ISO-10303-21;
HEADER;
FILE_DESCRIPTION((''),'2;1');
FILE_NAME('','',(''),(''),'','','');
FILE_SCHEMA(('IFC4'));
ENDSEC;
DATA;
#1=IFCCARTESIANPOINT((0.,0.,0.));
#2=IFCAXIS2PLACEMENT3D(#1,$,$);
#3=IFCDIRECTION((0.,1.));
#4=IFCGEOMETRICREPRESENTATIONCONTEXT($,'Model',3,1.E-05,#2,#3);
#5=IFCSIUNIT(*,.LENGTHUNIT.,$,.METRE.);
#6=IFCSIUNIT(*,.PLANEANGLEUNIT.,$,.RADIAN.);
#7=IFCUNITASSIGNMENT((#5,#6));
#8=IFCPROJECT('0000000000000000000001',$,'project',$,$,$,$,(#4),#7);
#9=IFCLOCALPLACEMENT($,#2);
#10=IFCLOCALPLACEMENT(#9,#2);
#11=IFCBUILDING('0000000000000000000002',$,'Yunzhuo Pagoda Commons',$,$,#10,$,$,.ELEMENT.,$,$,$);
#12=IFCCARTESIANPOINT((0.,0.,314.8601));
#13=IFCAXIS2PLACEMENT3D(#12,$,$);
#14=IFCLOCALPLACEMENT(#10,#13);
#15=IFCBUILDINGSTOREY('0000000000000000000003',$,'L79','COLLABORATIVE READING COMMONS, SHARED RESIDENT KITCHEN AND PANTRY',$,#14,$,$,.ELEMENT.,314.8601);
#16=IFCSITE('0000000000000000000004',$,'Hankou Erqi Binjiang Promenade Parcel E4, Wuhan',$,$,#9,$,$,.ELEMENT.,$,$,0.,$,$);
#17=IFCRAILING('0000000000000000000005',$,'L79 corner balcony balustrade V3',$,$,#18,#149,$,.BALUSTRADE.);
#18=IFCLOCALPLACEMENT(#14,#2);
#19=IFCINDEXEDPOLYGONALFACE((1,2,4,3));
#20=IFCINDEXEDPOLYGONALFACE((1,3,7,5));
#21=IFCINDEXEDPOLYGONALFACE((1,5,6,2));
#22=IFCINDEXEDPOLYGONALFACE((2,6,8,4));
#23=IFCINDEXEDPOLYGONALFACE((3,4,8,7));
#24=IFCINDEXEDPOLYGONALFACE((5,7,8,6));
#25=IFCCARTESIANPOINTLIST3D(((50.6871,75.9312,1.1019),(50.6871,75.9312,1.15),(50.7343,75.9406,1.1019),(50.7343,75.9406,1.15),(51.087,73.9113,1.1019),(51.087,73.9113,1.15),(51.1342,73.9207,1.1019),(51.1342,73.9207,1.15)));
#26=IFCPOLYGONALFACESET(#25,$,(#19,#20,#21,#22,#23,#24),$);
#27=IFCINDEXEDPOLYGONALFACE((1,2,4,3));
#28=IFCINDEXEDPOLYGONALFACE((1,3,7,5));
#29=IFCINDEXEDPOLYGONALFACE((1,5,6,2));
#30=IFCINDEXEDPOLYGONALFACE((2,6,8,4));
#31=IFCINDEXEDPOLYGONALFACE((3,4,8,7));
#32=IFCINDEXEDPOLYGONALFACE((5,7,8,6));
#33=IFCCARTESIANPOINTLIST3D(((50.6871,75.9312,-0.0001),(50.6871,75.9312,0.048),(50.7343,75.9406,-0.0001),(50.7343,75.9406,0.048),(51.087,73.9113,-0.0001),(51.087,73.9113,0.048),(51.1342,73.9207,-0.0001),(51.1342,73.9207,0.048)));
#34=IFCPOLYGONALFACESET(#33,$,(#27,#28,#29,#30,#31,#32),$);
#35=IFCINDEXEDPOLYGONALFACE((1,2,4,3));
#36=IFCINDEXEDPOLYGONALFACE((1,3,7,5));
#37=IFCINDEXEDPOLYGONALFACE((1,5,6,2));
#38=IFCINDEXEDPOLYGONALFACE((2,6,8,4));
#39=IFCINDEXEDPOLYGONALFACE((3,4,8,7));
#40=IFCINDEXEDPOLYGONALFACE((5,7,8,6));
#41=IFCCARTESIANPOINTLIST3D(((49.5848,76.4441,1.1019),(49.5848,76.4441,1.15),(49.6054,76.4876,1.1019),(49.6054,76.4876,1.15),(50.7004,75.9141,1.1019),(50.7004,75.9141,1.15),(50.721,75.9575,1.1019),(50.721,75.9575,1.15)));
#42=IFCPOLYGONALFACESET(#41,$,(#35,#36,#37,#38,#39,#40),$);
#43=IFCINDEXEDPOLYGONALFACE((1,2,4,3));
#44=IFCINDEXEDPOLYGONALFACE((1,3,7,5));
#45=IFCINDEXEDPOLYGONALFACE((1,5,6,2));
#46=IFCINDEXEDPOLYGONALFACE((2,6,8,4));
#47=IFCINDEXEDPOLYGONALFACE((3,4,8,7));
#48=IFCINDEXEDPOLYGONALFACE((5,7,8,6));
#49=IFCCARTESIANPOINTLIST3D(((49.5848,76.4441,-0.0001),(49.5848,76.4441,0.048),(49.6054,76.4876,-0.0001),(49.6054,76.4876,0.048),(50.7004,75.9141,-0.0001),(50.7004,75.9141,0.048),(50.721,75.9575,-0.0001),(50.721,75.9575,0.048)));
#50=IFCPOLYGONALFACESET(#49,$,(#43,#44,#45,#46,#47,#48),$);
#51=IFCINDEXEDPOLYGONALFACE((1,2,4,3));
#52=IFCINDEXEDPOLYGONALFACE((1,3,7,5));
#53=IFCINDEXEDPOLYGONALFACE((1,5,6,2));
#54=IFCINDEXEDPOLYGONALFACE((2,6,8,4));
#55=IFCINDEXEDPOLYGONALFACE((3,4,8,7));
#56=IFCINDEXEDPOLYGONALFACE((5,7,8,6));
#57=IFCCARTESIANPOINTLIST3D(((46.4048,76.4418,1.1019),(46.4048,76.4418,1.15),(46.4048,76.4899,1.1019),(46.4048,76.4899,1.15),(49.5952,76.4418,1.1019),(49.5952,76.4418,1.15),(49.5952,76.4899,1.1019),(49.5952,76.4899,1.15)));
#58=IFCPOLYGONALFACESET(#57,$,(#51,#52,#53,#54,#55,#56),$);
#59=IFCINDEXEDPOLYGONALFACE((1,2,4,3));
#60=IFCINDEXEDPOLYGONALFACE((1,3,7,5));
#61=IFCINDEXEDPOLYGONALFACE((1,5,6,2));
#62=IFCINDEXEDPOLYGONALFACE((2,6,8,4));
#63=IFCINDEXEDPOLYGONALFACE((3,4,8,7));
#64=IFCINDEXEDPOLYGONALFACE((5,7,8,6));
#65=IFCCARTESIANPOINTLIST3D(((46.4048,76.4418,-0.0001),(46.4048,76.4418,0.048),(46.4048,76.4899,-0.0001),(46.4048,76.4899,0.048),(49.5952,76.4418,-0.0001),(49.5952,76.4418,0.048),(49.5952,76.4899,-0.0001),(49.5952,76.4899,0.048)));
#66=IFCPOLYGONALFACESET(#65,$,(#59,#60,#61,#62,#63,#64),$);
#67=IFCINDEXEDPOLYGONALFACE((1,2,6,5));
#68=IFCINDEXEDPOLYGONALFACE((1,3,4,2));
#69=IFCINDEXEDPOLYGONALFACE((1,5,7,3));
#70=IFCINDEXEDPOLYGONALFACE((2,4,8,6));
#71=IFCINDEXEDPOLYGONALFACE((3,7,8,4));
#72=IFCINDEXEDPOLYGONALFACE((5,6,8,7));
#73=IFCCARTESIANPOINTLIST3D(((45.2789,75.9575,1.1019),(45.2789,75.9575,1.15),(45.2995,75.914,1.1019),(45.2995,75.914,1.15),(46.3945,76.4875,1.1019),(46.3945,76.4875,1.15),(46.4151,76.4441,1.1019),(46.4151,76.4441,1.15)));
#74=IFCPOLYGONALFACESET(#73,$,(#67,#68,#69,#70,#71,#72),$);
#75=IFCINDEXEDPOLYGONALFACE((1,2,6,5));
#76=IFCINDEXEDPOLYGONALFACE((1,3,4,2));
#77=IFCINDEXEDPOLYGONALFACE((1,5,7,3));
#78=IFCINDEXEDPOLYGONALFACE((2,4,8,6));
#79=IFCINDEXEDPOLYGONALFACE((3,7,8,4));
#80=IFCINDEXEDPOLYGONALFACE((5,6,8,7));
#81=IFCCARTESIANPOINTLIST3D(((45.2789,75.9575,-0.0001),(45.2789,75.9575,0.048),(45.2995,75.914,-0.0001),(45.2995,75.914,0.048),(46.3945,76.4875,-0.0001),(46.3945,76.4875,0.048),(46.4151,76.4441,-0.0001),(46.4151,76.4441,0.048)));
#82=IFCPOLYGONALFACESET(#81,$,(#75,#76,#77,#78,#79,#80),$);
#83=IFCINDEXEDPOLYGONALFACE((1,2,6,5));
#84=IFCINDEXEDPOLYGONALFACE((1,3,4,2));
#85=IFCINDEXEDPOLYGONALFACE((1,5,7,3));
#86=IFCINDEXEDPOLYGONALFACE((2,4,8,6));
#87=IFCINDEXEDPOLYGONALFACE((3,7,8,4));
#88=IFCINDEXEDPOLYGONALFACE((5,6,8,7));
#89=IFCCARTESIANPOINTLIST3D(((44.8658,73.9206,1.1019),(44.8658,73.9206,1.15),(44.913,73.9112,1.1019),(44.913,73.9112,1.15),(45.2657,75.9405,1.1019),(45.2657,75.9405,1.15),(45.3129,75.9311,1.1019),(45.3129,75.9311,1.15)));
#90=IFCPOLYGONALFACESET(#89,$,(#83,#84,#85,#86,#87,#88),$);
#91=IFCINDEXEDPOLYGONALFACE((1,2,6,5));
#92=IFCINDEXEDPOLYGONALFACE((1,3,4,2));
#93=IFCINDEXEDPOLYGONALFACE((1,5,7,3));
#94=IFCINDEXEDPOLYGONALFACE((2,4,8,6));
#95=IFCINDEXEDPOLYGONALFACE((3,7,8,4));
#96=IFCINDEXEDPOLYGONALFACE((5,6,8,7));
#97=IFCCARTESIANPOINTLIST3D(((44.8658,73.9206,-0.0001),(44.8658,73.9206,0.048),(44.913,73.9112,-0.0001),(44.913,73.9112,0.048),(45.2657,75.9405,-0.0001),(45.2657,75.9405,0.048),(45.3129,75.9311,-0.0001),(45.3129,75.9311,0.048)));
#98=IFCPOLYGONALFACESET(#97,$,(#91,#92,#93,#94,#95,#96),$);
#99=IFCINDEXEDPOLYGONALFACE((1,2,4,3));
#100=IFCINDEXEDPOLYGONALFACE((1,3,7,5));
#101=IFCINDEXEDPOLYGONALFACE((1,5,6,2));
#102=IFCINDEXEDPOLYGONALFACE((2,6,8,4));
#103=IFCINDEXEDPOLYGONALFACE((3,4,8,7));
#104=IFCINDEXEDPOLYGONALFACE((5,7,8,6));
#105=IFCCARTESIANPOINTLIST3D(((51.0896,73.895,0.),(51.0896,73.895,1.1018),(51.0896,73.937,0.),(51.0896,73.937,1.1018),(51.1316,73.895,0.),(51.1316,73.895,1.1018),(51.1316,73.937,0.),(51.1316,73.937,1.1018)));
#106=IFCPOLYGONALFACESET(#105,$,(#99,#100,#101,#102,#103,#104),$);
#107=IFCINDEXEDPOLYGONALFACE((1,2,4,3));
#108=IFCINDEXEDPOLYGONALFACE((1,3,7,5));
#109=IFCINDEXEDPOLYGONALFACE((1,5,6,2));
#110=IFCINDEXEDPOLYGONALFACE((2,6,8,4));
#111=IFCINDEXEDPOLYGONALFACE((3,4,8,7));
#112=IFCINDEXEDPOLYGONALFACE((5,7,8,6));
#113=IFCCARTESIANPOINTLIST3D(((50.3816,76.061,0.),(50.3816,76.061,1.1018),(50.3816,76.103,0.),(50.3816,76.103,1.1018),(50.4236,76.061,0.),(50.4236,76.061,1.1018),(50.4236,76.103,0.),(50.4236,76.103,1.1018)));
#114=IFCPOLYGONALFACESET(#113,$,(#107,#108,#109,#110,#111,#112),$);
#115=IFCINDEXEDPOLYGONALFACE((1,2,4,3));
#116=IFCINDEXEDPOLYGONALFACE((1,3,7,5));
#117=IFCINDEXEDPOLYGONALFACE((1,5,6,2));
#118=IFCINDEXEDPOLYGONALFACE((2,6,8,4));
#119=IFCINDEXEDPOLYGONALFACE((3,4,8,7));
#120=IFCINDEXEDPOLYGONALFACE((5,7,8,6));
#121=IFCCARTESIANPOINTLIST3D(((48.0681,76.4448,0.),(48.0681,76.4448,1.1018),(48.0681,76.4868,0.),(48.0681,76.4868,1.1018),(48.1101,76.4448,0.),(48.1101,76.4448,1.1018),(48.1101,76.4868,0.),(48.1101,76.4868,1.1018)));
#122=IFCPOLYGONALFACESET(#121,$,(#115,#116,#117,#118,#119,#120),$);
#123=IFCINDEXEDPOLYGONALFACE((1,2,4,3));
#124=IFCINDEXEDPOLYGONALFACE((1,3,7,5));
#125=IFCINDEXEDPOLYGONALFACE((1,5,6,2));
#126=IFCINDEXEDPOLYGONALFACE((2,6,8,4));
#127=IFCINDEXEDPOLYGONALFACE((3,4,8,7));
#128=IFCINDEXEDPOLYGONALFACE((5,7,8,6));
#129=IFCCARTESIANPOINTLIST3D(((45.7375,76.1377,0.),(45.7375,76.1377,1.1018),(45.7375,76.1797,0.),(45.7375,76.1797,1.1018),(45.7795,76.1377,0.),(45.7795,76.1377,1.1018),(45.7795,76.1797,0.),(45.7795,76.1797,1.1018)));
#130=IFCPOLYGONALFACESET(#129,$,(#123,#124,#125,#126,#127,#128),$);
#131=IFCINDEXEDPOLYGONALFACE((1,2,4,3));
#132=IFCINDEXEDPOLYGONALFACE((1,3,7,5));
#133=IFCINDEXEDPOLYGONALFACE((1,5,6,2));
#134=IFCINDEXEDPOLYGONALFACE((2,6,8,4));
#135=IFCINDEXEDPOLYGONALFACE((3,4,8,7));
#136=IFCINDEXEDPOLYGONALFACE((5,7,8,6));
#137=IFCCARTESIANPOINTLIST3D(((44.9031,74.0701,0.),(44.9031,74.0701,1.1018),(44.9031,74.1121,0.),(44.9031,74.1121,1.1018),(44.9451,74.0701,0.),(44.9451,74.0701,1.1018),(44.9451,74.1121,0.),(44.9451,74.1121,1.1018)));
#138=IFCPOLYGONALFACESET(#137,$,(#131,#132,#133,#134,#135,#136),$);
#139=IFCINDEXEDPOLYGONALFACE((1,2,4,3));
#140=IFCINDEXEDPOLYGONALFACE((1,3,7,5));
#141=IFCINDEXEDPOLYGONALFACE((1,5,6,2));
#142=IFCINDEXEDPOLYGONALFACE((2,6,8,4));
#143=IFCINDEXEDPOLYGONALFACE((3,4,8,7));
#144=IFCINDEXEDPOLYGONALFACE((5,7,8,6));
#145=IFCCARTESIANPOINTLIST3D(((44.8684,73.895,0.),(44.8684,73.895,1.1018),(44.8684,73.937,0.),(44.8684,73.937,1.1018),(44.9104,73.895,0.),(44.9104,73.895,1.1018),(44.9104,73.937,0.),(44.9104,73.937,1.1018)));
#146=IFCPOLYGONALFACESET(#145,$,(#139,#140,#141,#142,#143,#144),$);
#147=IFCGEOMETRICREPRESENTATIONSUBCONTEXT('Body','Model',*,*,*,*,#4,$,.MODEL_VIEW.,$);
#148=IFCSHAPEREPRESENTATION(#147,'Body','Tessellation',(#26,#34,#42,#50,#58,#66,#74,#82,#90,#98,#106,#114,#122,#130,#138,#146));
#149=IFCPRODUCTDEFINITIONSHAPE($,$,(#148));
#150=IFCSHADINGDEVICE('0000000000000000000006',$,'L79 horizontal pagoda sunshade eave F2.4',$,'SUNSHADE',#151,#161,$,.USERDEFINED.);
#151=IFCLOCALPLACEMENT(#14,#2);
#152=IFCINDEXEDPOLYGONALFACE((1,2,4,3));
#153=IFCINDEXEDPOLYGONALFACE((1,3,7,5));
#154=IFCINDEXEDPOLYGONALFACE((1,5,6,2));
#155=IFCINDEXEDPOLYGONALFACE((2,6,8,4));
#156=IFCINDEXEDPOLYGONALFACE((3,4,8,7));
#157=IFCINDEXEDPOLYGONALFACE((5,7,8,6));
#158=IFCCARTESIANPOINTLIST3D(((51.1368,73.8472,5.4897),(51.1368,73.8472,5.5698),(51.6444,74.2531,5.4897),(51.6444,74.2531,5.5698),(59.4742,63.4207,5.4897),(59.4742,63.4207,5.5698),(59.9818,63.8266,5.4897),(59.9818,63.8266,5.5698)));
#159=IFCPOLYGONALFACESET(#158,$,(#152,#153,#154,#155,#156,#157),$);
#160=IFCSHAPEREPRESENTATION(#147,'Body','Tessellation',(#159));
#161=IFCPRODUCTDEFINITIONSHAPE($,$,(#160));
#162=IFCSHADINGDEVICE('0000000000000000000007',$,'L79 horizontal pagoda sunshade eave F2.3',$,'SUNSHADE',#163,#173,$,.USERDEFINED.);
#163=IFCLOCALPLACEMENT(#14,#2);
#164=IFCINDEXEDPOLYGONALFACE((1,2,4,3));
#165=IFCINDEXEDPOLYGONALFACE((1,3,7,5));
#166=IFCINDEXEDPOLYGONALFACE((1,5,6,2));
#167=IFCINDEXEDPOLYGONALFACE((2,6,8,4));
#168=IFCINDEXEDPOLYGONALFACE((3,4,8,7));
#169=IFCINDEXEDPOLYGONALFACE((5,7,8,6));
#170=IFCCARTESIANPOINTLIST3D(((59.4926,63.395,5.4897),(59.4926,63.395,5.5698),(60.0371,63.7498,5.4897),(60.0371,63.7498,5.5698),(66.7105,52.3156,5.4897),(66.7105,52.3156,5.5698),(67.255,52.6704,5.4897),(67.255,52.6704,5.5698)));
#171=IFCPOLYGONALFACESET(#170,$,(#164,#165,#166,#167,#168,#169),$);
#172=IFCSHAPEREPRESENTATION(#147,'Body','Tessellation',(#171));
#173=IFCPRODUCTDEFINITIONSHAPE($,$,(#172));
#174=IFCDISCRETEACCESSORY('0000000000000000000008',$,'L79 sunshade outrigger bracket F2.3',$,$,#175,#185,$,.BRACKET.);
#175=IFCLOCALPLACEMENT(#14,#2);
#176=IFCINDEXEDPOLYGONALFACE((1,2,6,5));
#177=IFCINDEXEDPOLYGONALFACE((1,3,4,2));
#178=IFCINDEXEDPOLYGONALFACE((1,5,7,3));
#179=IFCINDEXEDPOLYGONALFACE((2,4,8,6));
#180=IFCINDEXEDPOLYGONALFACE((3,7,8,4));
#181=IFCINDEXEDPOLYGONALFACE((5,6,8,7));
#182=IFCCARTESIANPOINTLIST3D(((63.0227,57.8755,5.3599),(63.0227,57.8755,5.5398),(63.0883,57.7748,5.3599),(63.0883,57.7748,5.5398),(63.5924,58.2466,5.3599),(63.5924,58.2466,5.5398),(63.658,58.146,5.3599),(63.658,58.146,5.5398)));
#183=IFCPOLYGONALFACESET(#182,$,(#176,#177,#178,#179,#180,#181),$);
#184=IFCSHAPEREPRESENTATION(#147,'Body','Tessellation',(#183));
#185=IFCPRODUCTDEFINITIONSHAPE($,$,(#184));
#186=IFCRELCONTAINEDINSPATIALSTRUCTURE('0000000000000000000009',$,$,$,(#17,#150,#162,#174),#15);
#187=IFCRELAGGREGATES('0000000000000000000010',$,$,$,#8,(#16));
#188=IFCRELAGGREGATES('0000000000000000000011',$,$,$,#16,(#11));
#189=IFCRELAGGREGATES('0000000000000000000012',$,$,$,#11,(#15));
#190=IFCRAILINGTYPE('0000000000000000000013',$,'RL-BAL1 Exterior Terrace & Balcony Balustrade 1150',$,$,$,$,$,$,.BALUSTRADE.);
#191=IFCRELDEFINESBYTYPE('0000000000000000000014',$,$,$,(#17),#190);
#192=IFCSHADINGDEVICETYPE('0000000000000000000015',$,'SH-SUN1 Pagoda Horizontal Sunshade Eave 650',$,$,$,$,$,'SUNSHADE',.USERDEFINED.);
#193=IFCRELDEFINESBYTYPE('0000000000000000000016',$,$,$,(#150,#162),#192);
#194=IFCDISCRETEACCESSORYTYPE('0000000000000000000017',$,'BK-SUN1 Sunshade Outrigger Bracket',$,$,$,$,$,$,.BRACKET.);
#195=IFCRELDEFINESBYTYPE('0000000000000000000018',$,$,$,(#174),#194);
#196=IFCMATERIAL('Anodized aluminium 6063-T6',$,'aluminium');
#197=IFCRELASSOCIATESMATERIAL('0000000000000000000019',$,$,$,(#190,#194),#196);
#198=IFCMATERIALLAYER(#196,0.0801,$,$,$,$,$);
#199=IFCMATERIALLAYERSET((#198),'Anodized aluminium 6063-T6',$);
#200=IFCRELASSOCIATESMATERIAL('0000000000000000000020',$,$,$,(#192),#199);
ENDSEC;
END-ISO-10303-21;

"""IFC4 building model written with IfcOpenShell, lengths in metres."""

from ifc_helpers import new_model, si_unit, direction, frame, origin, origin_2d, place, context, subcontext, project, spatial, rectangle, extrude, source, transform, mapped, material, layer, layer_set, type_object, element, save


model = new_model("IFC4")

# Units and contexts
model_context = context("Model", 3, precision=1e-05, world=origin(), true_north=direction((0.0, 1.0)))
body_context = subcontext(model_context, "Body", "Model", "MODEL_VIEW")
ifc_project = project(units=[si_unit("LENGTHUNIT", "METRE"), si_unit("PLANEANGLEUNIT", "RADIAN")], contexts=[model_context])

# Site, building, storey
site_placement = place(None, origin())
site = spatial("IfcSite", under=ifc_project, at=site_placement, Name="Hankou Erqi Binjiang Promenade Parcel E4, Wuhan", CompositionType="ELEMENT", RefElevation=0.0)
building_placement = place(site_placement, origin())
building = spatial("IfcBuilding", under=site, at=building_placement, Name="Yunzhuo Pagoda Commons", CompositionType="ELEMENT")
storey_placement = place(building_placement, frame((0.0, 0.0, 314.8601)))
storey = spatial("IfcBuildingStorey", under=building, at=storey_placement, Name="L79", Description="COLLABORATIVE READING COMMONS, SHARED RESIDENT KITCHEN AND PANTRY", CompositionType="ELEMENT", Elevation=314.8601)

# Shared definitions
ifc_material_1 = material(Name="Anodized aluminium 6063-T6", Category="aluminium")

# Railing
railing_type = type_object("IfcRailingType", Name="RL-BAL1 Exterior Terrace & Balcony Balustrade 1150", PredefinedType="BALUSTRADE", material=ifc_material_1)
railing_placement = place(storey_placement, frame((51.1106, 73.916, 0.0)))
element("IfcRailing", 1, at=railing_placement, inside=storey, type_object=railing_type, Name="L79 corner balcony balustrade V3", PredefinedType="BALUSTRADE", context=body_context, shape_type="SweptSolid", body=[
    extrude(rectangle(XDim=0.0481, YDim=0.0481, at=origin_2d()), frame((0.0, 0.0, 1.126), z_axis=(-0.194223, 0.980957, 0.0), x_axis=(-0.980957, -0.194223, 0.0)), (0.0, 0.0, 1.0), 2.0591),
    extrude(rectangle(XDim=0.0481, YDim=0.0481, at=origin_2d()), frame((0.0, 0.0, 0.0239), z_axis=(-0.194223, 0.980957, 0.0), x_axis=(-0.980957, -0.194223, 0.0)), (0.0, 0.0, 1.0), 2.0591),
    extrude(rectangle(XDim=0.0481, YDim=0.0481, at=origin_2d()), frame((-0.3999, 2.0198, 1.126), z_axis=(-0.903222, 0.429174, 0.0), x_axis=(-0.429174, -0.903222, 0.0)), (0.0, 0.0, 1.0), 1.2351),
    extrude(rectangle(XDim=0.0481, YDim=0.0481, at=origin_2d()), frame((-0.3999, 2.0198, 0.0239), z_axis=(-0.903222, 0.429174, 0.0), x_axis=(-0.429174, -0.903222, 0.0)), (0.0, 0.0, 1.0), 1.2351),
    extrude(rectangle(XDim=0.0481, YDim=0.0481, at=origin_2d()), frame((-1.5154, 2.5498, 1.126), z_axis=(-1.0, 0.0, 0.0), x_axis=(0.0, -1.0, 0.0)), (0.0, 0.0, 1.0), 3.1904),
    extrude(rectangle(XDim=0.0481, YDim=0.0481, at=origin_2d()), frame((-1.5154, 2.5498, 0.0239), z_axis=(-1.0, 0.0, 0.0), x_axis=(0.0, -1.0, 0.0)), (0.0, 0.0, 1.0), 3.1904),
    extrude(rectangle(XDim=0.0481, YDim=0.0481, at=origin_2d()), frame((-4.7058, 2.5498, 1.126), z_axis=(-0.903222, -0.429174, 0.0), x_axis=(0.429174, -0.903222, 0.0)), (0.0, 0.0, 1.0), 1.2351),
    extrude(rectangle(XDim=0.0481, YDim=0.0481, at=origin_2d()), frame((-4.7058, 2.5498, 0.0239), z_axis=(-0.903222, -0.429174, 0.0), x_axis=(0.429174, -0.903222, 0.0)), (0.0, 0.0, 1.0), 1.2351),
    extrude(rectangle(XDim=0.0481, YDim=0.0481, at=origin_2d()), frame((-5.8213, 2.0198, 1.126), z_axis=(-0.194223, -0.980957, 0.0), x_axis=(0.980957, -0.194223, 0.0)), (0.0, 0.0, 1.0), 2.0591),
    extrude(rectangle(XDim=0.0481, YDim=0.0481, at=origin_2d()), frame((-5.8213, 2.0198, 0.0239), z_axis=(-0.194223, -0.980957, 0.0), x_axis=(0.980957, -0.194223, 0.0)), (0.0, 0.0, 1.0), 2.0591),
    extrude(rectangle(XDim=0.042, YDim=0.042, at=origin_2d()), origin(), (0.0, 0.0, 1.0), 1.1018),
    extrude(rectangle(XDim=0.042, YDim=0.042, at=origin_2d()), frame((-0.708, 2.166, 0.0)), (0.0, 0.0, 1.0), 1.1018),
    extrude(rectangle(XDim=0.042, YDim=0.042, at=origin_2d()), frame((-3.0215, 2.5498, 0.0)), (0.0, 0.0, 1.0), 1.1018),
    extrude(rectangle(XDim=0.042, YDim=0.042, at=origin_2d()), frame((-5.3521, 2.2427, 0.0)), (0.0, 0.0, 1.0), 1.1018),
    extrude(rectangle(XDim=0.042, YDim=0.042, at=origin_2d()), frame((-6.1865, 0.175, 0.0)), (0.0, 0.0, 1.0), 1.1018),
    extrude(rectangle(XDim=0.042, YDim=0.042, at=origin_2d()), frame((-6.2212, 0.0, 0.0)), (0.0, 0.0, 1.0), 1.1018),
])

# Shading devices
ifc_layer_1 = layer(ifc_material_1, 0.0801)
ifc_layer_set_1 = layer_set([ifc_layer_1], Name="Anodized aluminium 6063-T6")
shading_device_type = type_object("IfcShadingDeviceType", Name="SH-SUN1 Pagoda Horizontal Sunshade Eave 650", ElementType="SUNSHADE", PredefinedType="USERDEFINED", material=ifc_layer_set_1)
shared_shape_1 = source(origin(), body_context, "Body", "SweptSolid", [
    extrude(rectangle(XDim=13.3501, YDim=0.6499, at=origin_2d()), origin(), (0.0, 0.0, 1.0), 0.0801),
])
shading_device_1_placement = place(storey_placement, frame((55.5593, 68.8369, 5.4897), z_axis=(0.0, 0.0, 1.0), x_axis=(-0.62452, 0.781008, 0.0)))
element("IfcShadingDevice", 2, at=shading_device_1_placement, inside=storey, type_object=shading_device_type, Name="L79 horizontal pagoda sunshade eave F2.4", ObjectType="SUNSHADE", PredefinedType="USERDEFINED", context=body_context, shape_type="MappedRepresentation", body=[
    mapped(shared_shape_1, transform((0.0, 0.0, 0.0), scale=1.0)),
])
shared_shape_2 = source(origin(), body_context, "Body", "SweptSolid", [
    extrude(rectangle(XDim=13.2231, YDim=0.6499, at=origin_2d()), origin(), (0.0, 0.0, 1.0), 0.0801),
])
shading_device_2_placement = place(storey_placement, frame((63.3738, 58.0327, 5.4897), z_axis=(0.0, 0.0, 1.0), x_axis=(-0.545853, 0.837881, 0.0)))
element("IfcShadingDevice", 3, at=shading_device_2_placement, inside=storey, type_object=shading_device_type, Name="L79 horizontal pagoda sunshade eave F2.3", ObjectType="SUNSHADE", PredefinedType="USERDEFINED", context=body_context, shape_type="MappedRepresentation", body=[
    mapped(shared_shape_2, transform((0.0, 0.0, 0.0), scale=1.0)),
])

# Discrete accessory
discrete_accessory_type = type_object("IfcDiscreteAccessoryType", Name="BK-SUN1 Sunshade Outrigger Bracket", PredefinedType="BRACKET", material=ifc_material_1)
shared_shape_3 = source(origin(), body_context, "Body", "SweptSolid", [
    extrude(rectangle(XDim=0.1201, YDim=0.6799, at=origin_2d()), origin(), (0.0, 0.0, 1.0), 0.1799),
])
discrete_accessory_placement = place(storey_placement, frame((63.3403, 58.0107, 5.3599), z_axis=(0.0, 0.0, 1.0), x_axis=(-0.545853, 0.837881, 0.0)))
element("IfcDiscreteAccessory", 4, at=discrete_accessory_placement, inside=storey, type_object=discrete_accessory_type, Name="L79 sunshade outrigger bracket F2.3", PredefinedType="BRACKET", context=body_context, shape_type="MappedRepresentation", body=[
    mapped(shared_shape_3, transform((0.0, 0.0, 0.0), scale=1.0)),
])

save(model, "model.ifc")
